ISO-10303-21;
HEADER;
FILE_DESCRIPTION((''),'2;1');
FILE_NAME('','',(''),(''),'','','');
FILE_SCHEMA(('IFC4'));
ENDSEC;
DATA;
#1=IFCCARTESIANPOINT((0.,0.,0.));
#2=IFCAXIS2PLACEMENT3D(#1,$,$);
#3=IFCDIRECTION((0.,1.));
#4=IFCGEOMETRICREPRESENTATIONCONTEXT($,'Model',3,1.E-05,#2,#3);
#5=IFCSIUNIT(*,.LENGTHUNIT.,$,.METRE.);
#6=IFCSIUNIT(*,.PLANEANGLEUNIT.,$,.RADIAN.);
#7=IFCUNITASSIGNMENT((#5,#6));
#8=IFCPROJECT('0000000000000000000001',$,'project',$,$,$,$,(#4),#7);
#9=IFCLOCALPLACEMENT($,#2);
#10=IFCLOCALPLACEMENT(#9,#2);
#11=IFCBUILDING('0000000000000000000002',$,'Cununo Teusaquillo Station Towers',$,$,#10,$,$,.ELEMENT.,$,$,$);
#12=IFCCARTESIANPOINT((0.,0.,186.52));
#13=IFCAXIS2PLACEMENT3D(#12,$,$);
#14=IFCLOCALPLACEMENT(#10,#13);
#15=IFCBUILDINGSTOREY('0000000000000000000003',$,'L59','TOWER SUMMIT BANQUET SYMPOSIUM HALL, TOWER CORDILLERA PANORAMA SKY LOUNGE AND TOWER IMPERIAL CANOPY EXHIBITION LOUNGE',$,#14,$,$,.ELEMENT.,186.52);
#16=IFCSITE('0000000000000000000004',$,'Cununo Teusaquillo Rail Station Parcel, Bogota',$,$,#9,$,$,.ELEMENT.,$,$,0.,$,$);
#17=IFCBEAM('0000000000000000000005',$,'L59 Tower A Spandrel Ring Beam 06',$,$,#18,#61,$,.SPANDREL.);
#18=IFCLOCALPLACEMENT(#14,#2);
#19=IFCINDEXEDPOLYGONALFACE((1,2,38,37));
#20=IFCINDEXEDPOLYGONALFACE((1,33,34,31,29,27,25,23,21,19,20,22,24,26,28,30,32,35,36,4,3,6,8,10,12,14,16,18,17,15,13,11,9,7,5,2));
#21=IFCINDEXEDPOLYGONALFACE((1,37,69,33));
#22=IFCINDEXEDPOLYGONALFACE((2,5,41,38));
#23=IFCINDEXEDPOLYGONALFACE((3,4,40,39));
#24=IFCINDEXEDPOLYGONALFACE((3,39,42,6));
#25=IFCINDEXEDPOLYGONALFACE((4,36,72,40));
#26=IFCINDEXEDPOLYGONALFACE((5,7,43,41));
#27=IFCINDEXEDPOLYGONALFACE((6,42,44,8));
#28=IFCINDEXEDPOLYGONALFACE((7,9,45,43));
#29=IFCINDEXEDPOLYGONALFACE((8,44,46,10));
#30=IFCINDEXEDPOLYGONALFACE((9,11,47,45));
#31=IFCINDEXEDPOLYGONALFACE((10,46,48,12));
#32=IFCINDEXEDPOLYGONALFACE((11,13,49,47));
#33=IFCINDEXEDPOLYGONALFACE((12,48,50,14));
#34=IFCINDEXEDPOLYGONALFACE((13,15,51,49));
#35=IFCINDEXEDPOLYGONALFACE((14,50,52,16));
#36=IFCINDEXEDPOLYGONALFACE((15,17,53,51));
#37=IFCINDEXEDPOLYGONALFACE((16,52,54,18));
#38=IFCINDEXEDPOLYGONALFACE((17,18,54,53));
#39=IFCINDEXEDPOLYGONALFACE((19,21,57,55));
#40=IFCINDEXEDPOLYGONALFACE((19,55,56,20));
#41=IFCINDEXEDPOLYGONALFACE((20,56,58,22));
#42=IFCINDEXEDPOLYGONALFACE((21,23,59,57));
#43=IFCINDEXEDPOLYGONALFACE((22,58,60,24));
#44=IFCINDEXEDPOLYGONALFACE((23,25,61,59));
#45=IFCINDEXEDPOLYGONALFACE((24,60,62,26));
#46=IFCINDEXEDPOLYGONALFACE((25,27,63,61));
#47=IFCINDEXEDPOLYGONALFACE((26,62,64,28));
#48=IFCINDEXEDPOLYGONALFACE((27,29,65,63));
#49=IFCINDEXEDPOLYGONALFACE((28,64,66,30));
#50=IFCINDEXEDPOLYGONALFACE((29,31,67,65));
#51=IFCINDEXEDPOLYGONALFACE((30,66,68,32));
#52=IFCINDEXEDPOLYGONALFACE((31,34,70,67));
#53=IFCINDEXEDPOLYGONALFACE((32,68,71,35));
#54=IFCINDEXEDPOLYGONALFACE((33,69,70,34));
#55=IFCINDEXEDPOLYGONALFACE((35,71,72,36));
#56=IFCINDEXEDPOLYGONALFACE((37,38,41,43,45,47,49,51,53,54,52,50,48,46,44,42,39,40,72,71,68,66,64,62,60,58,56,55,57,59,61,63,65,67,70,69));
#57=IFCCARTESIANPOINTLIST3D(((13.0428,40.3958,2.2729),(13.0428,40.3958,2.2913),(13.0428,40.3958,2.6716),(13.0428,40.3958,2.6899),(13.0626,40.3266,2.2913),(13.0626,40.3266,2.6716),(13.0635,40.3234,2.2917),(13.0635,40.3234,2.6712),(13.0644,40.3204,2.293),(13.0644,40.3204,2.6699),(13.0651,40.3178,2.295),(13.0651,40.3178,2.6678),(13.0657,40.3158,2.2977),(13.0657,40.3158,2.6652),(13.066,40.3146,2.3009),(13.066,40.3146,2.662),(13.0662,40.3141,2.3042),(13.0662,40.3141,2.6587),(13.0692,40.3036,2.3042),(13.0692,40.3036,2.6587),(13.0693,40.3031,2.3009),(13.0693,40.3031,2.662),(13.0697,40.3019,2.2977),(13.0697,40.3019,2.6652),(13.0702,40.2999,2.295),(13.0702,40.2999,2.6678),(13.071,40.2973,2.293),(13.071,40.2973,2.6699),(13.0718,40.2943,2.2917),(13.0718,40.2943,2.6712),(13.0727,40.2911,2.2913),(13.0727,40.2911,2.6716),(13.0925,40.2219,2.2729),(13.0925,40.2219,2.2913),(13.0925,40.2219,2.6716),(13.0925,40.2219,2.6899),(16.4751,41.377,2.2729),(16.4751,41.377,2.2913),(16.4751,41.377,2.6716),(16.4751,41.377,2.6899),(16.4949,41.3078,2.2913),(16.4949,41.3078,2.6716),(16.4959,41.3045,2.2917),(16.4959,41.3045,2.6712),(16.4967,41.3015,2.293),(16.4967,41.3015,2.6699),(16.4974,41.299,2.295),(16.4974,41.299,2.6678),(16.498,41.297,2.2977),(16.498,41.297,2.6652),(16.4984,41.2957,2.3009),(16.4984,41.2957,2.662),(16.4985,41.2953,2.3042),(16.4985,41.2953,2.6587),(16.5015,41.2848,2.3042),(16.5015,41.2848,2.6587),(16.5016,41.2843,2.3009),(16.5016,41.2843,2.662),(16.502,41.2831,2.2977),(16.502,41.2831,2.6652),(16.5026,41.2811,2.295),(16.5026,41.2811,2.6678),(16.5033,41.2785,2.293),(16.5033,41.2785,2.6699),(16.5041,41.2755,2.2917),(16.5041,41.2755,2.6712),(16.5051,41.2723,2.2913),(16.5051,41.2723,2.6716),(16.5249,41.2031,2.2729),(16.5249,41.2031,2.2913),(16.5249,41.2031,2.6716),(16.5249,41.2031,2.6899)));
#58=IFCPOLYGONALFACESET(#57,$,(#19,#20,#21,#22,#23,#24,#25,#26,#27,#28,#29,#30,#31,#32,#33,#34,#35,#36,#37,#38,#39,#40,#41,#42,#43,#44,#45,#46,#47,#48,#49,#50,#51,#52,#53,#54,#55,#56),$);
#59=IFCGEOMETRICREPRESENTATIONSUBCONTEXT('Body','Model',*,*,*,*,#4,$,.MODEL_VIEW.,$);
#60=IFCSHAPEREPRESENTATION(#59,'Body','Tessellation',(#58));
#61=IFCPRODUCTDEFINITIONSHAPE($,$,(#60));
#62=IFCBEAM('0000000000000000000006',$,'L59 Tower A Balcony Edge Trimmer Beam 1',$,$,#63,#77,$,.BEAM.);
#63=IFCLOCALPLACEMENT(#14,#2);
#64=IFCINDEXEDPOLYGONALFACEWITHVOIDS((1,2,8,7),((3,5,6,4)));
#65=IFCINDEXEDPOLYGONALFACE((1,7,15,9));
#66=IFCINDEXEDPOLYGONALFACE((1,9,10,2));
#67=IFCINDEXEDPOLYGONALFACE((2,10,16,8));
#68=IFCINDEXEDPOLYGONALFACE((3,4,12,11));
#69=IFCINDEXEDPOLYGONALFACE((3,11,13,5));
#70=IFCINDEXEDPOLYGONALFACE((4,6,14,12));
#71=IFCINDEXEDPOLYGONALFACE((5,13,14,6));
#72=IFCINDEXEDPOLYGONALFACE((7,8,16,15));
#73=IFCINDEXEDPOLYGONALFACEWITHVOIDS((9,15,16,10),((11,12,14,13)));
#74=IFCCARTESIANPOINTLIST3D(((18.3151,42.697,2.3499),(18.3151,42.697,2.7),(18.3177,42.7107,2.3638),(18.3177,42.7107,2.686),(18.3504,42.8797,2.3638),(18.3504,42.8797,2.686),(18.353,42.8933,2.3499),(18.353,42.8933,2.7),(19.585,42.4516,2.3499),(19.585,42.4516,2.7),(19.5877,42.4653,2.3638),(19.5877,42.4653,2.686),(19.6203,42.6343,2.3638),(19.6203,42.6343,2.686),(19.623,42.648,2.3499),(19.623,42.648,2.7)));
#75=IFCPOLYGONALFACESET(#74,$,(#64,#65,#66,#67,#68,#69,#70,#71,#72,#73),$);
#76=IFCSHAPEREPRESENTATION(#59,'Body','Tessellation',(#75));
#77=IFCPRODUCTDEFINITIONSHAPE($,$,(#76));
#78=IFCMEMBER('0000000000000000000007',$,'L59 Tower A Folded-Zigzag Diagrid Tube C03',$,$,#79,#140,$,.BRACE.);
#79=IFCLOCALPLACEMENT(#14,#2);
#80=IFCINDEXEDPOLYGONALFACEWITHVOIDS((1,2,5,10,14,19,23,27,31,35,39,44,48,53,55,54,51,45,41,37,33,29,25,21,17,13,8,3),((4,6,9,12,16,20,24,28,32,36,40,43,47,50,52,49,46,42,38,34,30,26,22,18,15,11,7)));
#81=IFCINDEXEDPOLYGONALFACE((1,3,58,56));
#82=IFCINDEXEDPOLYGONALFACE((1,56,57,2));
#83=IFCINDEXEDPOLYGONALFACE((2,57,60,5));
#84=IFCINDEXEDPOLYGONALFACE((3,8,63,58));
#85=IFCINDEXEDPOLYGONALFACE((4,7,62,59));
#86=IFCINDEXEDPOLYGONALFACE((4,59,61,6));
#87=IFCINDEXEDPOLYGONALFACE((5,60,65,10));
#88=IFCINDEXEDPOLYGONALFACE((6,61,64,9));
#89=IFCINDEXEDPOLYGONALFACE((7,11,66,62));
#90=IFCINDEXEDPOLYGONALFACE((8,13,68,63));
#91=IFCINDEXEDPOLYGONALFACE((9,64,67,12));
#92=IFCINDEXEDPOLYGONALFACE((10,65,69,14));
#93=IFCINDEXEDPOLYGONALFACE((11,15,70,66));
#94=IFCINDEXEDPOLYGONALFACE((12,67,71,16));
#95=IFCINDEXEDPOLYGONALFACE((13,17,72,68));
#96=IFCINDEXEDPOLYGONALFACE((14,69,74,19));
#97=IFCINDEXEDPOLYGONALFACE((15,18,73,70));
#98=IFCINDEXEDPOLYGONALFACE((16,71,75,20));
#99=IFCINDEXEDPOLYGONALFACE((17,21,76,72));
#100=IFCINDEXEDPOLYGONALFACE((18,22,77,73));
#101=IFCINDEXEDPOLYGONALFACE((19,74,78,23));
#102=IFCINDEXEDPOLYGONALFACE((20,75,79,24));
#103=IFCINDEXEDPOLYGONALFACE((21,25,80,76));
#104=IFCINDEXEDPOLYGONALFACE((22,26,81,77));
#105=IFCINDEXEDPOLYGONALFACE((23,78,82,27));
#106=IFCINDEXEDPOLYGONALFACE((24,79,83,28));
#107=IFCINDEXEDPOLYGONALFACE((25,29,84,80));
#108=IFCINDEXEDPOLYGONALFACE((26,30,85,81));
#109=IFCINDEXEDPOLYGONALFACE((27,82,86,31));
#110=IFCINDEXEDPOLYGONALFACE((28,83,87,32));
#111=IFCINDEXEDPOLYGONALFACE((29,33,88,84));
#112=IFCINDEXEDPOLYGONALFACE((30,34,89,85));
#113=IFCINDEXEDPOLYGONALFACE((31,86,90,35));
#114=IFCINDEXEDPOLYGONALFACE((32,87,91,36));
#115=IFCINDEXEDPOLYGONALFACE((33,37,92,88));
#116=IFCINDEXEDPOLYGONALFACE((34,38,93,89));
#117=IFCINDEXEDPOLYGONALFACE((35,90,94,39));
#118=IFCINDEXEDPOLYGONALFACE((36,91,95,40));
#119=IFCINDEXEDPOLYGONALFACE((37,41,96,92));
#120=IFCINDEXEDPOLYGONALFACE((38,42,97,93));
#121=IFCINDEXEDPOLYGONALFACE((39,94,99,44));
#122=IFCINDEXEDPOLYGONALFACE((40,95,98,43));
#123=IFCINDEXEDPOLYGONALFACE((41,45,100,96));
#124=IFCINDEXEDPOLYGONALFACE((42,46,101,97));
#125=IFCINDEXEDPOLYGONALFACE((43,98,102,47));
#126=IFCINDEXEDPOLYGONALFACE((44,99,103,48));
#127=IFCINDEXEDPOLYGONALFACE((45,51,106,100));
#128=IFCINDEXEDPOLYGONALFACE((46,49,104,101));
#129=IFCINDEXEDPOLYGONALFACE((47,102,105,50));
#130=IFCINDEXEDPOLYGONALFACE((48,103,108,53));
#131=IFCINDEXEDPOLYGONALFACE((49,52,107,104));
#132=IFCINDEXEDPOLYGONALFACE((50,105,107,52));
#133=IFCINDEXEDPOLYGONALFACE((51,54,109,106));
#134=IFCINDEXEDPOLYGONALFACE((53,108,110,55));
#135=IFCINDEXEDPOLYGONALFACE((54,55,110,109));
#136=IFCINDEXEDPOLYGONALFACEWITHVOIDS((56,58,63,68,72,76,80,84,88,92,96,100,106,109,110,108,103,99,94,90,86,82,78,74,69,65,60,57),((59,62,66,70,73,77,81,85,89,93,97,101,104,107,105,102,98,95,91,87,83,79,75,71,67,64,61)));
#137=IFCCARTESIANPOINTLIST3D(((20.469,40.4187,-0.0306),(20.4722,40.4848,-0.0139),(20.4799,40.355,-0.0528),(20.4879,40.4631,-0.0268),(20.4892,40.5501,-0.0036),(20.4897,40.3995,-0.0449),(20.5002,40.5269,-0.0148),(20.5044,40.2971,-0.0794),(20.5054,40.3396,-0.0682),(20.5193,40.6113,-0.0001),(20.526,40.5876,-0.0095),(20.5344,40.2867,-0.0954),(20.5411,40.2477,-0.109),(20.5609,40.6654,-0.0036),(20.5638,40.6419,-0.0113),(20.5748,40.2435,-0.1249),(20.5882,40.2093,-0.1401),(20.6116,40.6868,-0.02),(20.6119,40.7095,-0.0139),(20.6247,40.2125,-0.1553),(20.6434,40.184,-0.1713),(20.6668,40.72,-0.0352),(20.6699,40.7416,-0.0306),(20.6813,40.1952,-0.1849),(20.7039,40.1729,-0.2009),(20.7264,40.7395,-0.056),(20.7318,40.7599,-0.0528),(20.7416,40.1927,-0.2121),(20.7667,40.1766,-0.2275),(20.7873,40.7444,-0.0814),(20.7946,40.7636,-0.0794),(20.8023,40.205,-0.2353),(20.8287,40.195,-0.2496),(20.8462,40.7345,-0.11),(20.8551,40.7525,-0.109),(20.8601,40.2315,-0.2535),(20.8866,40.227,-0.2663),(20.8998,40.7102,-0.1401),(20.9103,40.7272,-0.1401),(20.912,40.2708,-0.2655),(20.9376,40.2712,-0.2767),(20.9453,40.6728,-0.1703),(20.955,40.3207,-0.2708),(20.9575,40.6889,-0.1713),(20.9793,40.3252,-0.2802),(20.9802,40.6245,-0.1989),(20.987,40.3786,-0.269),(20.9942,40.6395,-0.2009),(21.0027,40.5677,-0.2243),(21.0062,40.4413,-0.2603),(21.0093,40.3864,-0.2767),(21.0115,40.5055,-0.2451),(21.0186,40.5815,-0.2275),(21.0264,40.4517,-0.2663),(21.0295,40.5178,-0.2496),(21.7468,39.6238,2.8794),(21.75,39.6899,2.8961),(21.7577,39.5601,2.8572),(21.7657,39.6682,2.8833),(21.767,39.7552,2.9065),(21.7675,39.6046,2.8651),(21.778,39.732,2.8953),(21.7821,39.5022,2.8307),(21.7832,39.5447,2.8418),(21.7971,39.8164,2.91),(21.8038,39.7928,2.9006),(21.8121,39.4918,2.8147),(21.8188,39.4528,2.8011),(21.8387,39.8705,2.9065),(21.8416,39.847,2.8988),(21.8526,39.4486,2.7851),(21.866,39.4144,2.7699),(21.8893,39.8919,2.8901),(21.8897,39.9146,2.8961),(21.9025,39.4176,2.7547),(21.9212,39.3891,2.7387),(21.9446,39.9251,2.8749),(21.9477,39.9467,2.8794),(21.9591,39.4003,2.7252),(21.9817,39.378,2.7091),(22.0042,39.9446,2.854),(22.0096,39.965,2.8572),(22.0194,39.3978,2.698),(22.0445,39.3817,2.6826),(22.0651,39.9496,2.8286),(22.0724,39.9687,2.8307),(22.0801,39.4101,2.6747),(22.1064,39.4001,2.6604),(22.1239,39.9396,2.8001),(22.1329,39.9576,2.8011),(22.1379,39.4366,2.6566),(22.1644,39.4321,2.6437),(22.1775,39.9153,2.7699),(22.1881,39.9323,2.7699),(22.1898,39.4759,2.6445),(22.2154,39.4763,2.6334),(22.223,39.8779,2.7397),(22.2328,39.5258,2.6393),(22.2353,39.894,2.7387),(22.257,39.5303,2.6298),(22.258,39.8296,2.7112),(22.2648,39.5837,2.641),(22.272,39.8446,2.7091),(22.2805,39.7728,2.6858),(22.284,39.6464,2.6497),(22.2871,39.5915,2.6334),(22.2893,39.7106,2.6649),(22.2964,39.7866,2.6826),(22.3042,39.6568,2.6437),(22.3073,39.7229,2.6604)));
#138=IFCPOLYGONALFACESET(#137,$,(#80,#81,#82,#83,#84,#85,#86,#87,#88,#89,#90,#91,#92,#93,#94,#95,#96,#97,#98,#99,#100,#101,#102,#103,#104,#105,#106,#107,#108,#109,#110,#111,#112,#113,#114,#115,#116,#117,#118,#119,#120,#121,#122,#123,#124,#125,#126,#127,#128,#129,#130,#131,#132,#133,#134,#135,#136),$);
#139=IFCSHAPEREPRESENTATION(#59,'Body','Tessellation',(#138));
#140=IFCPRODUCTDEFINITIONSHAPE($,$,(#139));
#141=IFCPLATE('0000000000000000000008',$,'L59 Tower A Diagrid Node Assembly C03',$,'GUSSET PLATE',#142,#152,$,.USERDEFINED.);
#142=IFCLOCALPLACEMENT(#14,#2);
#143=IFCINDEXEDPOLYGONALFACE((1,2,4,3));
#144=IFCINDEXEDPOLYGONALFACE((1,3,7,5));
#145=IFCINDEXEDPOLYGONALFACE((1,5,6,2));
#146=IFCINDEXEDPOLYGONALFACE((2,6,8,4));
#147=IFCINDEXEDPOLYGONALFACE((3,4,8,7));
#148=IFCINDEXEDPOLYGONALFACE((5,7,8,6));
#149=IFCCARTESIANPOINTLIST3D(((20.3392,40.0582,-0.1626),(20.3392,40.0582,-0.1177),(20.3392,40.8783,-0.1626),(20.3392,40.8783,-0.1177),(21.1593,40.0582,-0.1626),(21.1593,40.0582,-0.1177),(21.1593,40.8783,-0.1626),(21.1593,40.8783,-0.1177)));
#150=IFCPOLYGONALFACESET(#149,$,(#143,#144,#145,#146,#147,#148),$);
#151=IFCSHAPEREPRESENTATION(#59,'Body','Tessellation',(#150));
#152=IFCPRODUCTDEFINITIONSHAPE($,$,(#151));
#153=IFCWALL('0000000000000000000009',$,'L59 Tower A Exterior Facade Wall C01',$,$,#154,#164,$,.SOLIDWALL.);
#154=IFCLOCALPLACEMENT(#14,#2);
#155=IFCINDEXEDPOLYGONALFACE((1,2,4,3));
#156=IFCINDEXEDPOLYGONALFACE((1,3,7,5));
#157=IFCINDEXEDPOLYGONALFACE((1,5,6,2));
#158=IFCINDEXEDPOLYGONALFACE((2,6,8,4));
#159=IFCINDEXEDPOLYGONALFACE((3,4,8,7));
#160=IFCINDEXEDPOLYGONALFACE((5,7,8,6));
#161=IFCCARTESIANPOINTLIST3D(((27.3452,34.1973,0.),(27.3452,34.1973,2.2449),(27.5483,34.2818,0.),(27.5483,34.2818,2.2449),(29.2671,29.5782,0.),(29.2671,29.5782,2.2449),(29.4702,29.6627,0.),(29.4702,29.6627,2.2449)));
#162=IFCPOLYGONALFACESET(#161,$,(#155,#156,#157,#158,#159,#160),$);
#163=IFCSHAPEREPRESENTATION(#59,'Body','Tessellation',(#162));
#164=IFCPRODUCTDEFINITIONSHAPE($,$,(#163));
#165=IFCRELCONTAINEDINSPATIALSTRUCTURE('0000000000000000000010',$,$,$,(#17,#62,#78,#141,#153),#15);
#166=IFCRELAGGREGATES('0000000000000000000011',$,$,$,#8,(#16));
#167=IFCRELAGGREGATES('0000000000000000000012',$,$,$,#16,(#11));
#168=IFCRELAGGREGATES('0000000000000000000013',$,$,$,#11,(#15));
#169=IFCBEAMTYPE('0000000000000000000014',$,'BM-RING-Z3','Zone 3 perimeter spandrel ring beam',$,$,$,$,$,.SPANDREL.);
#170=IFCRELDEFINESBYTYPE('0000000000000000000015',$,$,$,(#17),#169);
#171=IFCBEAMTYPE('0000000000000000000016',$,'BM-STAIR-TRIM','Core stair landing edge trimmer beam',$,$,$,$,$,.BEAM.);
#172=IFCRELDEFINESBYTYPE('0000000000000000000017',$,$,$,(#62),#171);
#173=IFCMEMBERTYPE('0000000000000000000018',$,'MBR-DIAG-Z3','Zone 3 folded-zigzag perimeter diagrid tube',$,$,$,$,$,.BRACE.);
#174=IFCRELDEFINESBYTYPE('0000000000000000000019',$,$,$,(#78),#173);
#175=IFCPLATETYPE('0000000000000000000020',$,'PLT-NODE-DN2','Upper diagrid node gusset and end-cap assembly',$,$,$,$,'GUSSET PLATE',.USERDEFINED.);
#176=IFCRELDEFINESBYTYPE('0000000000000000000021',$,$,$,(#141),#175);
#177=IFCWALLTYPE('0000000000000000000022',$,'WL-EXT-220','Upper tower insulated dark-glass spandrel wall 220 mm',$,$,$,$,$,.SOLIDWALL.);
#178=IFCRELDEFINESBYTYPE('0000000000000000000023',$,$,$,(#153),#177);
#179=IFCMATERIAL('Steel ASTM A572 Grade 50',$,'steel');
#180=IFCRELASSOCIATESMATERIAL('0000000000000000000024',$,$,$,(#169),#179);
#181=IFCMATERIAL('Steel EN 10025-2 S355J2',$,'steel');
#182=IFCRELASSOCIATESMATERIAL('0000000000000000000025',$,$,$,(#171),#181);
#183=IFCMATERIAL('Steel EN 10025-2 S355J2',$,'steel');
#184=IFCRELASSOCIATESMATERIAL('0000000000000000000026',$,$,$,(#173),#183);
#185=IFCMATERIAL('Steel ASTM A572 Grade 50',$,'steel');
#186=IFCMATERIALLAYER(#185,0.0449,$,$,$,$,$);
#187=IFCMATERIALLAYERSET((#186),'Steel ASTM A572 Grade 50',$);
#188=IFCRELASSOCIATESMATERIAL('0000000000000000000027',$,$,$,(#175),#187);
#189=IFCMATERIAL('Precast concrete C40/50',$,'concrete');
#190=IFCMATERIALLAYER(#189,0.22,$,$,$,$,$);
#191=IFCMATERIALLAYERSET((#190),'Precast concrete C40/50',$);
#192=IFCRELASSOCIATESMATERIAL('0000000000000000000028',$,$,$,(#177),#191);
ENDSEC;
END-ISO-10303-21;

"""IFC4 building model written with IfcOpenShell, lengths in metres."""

from ifc_helpers import new_model, si_unit, direction, frame, frame_2d, origin, origin_2d, place, context, subcontext, project, spatial, rectangle, hollow_rectangle, hollow_circle, i_section, extrude, source, transform, mapped, material, layer, layer_set, material_profile, profile_set, type_object, element, save


model = new_model("IFC4")

# Units and contexts
model_context = context("Model", 3, precision=1e-05, world=origin(), true_north=direction((0.0, 1.0)))
body_context = subcontext(model_context, "Body", "Model", "MODEL_VIEW")
ifc_project = project(units=[si_unit("LENGTHUNIT", "METRE"), si_unit("PLANEANGLEUNIT", "RADIAN")], contexts=[model_context])

# Site, building, storey
site_placement = place(None, origin())
site = spatial("IfcSite", under=ifc_project, at=site_placement, Name="Cununo Teusaquillo Rail Station Parcel, Bogota", CompositionType="ELEMENT", RefElevation=0.0)
building_placement = place(site_placement, origin())
building = spatial("IfcBuilding", under=site, at=building_placement, Name="Cununo Teusaquillo Station Towers", CompositionType="ELEMENT")
storey_placement = place(building_placement, frame((0.0, 0.0, 186.52)))
storey = spatial("IfcBuildingStorey", under=building, at=storey_placement, Name="L59", Description="TOWER SUMMIT BANQUET SYMPOSIUM HALL, TOWER CORDILLERA PANORAMA SKY LOUNGE AND TOWER IMPERIAL CANOPY EXHIBITION LOUNGE", CompositionType="ELEMENT", Elevation=186.52)

# Beams
ifc_material_1 = material(Name="Steel ASTM A572 Grade 50", Category="steel")
ifc_material_profile_1 = material_profile(ifc_material_1, i_section(OverallWidth=0.1809, OverallDepth=0.417, WebThickness=0.011, FlangeThickness=0.0183, FilletRadius=0.0129, at=origin_2d()), Name="W16X57")
ifc_profile_set_1 = profile_set([ifc_material_profile_1], Name="Steel ASTM A572 Grade 50")
beam_type_1 = type_object("IfcBeamType", Name="BM-RING-Z3", Description="Zone 3 perimeter spandrel ring beam", PredefinedType="SPANDREL", material=ifc_profile_set_1)
for number, where, z_axis, x_axis, name in (
    (1, (16.5, 41.29, 2.4814), (-0.961485, -0.274857, 0.0), (0.274857, -0.961485, 0.0), "L59 Tower A Spandrel Ring Beam 06"),
):
    element("IfcBeam", number, at=place(storey_placement, frame(where, z_axis=z_axis, x_axis=x_axis)), inside=storey, type_object=beam_type_1, Name=name, PredefinedType="SPANDREL", context=body_context, shape_type="SweptSolid", body=[
        extrude(i_section(OverallWidth=0.1809, OverallDepth=0.417, WebThickness=0.011, FlangeThickness=0.0183, FilletRadius=0.0129, at=origin_2d()), origin(), (0.0, 0.0, 1.0), 3.5698),
    ])
ifc_material_2 = material(Name="Steel EN 10025-2 S355J2", Category="steel")
ifc_material_profile_2 = material_profile(ifc_material_2, hollow_rectangle(XDim=0.2, YDim=0.3501, WallThickness=0.0139, at=origin_2d()), Name="RHS 350x200x14")
ifc_profile_set_2 = profile_set([ifc_material_profile_2], Name="Steel EN 10025-2 S355J2")
beam_type_2 = type_object("IfcBeamType", Name="BM-STAIR-TRIM", Description="Core stair landing edge trimmer beam", PredefinedType="BEAM", material=ifc_profile_set_2)
beam_1_placement = place(storey_placement, frame((19.604, 42.5498, 2.5249), z_axis=(-0.981845, 0.189687, 0.0), x_axis=(-0.189687, -0.981845, 0.0)))
element("IfcBeam", 2, at=beam_1_placement, inside=storey, type_object=beam_type_2, Name="L59 Tower A Balcony Edge Trimmer Beam 1", PredefinedType="BEAM", context=body_context, shape_type="SweptSolid", body=[
    extrude(hollow_rectangle(XDim=0.2, YDim=0.3501, WallThickness=0.0139, at=origin_2d()), origin(), (0.0, 0.0, 1.0), 1.2935),
])

# Member
ifc_material_3 = material(Name="Steel EN 10025-2 S355J2", Category="steel")
ifc_material_profile_3 = material_profile(ifc_material_3, hollow_circle(Radius=0.3049, WallThickness=0.02, at=origin_2d()), Name="CHS 610x20")
ifc_profile_set_3 = profile_set([ifc_material_profile_3], Name="Steel EN 10025-2 S355J2")
member_type = type_object("IfcMemberType", Name="MBR-DIAG-Z3", Description="Zone 3 folded-zigzag perimeter diagrid tube", PredefinedType="BRACE", material=ifc_profile_set_3)
member_placement = place(storey_placement, frame((20.7493, 40.4683, -0.1401), z_axis=(0.39003, -0.242632, 0.88826), x_axis=(0.528219, 0.849108, 0.0)))
element("IfcMember", 3, at=member_placement, inside=storey, type_object=member_type, Name="L59 Tower A Folded-Zigzag Diagrid Tube C03", PredefinedType="BRACE", context=body_context, shape_type="SweptSolid", body=[
    extrude(hollow_circle(Radius=0.3049, WallThickness=0.02, at=origin_2d()), origin(), (0.0, 0.0, 1.0), 3.2761),
])

# Plate
ifc_material_4 = material(Name="Steel ASTM A572 Grade 50", Category="steel")
ifc_layer_1 = layer(ifc_material_4, 0.0449)
ifc_layer_set_1 = layer_set([ifc_layer_1], Name="Steel ASTM A572 Grade 50")
plate_type = type_object("IfcPlateType", Name="PLT-NODE-DN2", Description="Upper diagrid node gusset and end-cap assembly", ElementType="GUSSET PLATE", PredefinedType="USERDEFINED", material=ifc_layer_set_1)
shared_shape_1 = source(origin(), body_context, "Body", "SweptSolid", [
    extrude(rectangle(XDim=0.8201, YDim=0.8201, at=origin_2d()), origin(), (0.0, 0.0, 1.0), 0.0449),
])
plate_placement = place(storey_placement, frame((20.7493, 40.4683, -0.1626), z_axis=(0.0, 0.0, 1.0), x_axis=(1.0, 0.0, 0.0)))
element("IfcPlate", 4, at=plate_placement, inside=storey, type_object=plate_type, Name="L59 Tower A Diagrid Node Assembly C03", ObjectType="GUSSET PLATE", PredefinedType="USERDEFINED", context=body_context, shape_type="MappedRepresentation", body=[
    mapped(shared_shape_1, transform((0.0, 0.0, 0.0), x_axis=(1.0, 0.0, 0.0), y_axis=(0.0, 1.0, 0.0), z_axis=(0.0, 0.0, 1.0), scale=1.0)),
])

# Wall
ifc_material_5 = material(Name="Precast concrete C40/50", Category="concrete")
ifc_layer_2 = layer(ifc_material_5, 0.22)
ifc_layer_set_2 = layer_set([ifc_layer_2], Name="Precast concrete C40/50")
wall_type_1 = type_object("IfcWallType", Name="WL-EXT-220", Description="Upper tower insulated dark-glass spandrel wall 220 mm", PredefinedType="SOLIDWALL", material=ifc_layer_set_2)
wall_1_placement = place(storey_placement, frame((27.4468, 34.2395, 0.0), z_axis=(0.0, 0.0, 1.0), x_axis=(0.384144, -0.923273, 0.0)))
element("IfcWall", 5, at=wall_1_placement, inside=storey, type_object=wall_type_1, Name="L59 Tower A Exterior Facade Wall C01", PredefinedType="SOLIDWALL", context=body_context, shape_type="SweptSolid", body=[
    extrude(rectangle(XDim=5.0029, YDim=0.22, at=frame_2d((2.5015, 0.0))), origin(), (0.0, 0.0, 1.0), 2.2449),
])

save(model, "model.ifc")
